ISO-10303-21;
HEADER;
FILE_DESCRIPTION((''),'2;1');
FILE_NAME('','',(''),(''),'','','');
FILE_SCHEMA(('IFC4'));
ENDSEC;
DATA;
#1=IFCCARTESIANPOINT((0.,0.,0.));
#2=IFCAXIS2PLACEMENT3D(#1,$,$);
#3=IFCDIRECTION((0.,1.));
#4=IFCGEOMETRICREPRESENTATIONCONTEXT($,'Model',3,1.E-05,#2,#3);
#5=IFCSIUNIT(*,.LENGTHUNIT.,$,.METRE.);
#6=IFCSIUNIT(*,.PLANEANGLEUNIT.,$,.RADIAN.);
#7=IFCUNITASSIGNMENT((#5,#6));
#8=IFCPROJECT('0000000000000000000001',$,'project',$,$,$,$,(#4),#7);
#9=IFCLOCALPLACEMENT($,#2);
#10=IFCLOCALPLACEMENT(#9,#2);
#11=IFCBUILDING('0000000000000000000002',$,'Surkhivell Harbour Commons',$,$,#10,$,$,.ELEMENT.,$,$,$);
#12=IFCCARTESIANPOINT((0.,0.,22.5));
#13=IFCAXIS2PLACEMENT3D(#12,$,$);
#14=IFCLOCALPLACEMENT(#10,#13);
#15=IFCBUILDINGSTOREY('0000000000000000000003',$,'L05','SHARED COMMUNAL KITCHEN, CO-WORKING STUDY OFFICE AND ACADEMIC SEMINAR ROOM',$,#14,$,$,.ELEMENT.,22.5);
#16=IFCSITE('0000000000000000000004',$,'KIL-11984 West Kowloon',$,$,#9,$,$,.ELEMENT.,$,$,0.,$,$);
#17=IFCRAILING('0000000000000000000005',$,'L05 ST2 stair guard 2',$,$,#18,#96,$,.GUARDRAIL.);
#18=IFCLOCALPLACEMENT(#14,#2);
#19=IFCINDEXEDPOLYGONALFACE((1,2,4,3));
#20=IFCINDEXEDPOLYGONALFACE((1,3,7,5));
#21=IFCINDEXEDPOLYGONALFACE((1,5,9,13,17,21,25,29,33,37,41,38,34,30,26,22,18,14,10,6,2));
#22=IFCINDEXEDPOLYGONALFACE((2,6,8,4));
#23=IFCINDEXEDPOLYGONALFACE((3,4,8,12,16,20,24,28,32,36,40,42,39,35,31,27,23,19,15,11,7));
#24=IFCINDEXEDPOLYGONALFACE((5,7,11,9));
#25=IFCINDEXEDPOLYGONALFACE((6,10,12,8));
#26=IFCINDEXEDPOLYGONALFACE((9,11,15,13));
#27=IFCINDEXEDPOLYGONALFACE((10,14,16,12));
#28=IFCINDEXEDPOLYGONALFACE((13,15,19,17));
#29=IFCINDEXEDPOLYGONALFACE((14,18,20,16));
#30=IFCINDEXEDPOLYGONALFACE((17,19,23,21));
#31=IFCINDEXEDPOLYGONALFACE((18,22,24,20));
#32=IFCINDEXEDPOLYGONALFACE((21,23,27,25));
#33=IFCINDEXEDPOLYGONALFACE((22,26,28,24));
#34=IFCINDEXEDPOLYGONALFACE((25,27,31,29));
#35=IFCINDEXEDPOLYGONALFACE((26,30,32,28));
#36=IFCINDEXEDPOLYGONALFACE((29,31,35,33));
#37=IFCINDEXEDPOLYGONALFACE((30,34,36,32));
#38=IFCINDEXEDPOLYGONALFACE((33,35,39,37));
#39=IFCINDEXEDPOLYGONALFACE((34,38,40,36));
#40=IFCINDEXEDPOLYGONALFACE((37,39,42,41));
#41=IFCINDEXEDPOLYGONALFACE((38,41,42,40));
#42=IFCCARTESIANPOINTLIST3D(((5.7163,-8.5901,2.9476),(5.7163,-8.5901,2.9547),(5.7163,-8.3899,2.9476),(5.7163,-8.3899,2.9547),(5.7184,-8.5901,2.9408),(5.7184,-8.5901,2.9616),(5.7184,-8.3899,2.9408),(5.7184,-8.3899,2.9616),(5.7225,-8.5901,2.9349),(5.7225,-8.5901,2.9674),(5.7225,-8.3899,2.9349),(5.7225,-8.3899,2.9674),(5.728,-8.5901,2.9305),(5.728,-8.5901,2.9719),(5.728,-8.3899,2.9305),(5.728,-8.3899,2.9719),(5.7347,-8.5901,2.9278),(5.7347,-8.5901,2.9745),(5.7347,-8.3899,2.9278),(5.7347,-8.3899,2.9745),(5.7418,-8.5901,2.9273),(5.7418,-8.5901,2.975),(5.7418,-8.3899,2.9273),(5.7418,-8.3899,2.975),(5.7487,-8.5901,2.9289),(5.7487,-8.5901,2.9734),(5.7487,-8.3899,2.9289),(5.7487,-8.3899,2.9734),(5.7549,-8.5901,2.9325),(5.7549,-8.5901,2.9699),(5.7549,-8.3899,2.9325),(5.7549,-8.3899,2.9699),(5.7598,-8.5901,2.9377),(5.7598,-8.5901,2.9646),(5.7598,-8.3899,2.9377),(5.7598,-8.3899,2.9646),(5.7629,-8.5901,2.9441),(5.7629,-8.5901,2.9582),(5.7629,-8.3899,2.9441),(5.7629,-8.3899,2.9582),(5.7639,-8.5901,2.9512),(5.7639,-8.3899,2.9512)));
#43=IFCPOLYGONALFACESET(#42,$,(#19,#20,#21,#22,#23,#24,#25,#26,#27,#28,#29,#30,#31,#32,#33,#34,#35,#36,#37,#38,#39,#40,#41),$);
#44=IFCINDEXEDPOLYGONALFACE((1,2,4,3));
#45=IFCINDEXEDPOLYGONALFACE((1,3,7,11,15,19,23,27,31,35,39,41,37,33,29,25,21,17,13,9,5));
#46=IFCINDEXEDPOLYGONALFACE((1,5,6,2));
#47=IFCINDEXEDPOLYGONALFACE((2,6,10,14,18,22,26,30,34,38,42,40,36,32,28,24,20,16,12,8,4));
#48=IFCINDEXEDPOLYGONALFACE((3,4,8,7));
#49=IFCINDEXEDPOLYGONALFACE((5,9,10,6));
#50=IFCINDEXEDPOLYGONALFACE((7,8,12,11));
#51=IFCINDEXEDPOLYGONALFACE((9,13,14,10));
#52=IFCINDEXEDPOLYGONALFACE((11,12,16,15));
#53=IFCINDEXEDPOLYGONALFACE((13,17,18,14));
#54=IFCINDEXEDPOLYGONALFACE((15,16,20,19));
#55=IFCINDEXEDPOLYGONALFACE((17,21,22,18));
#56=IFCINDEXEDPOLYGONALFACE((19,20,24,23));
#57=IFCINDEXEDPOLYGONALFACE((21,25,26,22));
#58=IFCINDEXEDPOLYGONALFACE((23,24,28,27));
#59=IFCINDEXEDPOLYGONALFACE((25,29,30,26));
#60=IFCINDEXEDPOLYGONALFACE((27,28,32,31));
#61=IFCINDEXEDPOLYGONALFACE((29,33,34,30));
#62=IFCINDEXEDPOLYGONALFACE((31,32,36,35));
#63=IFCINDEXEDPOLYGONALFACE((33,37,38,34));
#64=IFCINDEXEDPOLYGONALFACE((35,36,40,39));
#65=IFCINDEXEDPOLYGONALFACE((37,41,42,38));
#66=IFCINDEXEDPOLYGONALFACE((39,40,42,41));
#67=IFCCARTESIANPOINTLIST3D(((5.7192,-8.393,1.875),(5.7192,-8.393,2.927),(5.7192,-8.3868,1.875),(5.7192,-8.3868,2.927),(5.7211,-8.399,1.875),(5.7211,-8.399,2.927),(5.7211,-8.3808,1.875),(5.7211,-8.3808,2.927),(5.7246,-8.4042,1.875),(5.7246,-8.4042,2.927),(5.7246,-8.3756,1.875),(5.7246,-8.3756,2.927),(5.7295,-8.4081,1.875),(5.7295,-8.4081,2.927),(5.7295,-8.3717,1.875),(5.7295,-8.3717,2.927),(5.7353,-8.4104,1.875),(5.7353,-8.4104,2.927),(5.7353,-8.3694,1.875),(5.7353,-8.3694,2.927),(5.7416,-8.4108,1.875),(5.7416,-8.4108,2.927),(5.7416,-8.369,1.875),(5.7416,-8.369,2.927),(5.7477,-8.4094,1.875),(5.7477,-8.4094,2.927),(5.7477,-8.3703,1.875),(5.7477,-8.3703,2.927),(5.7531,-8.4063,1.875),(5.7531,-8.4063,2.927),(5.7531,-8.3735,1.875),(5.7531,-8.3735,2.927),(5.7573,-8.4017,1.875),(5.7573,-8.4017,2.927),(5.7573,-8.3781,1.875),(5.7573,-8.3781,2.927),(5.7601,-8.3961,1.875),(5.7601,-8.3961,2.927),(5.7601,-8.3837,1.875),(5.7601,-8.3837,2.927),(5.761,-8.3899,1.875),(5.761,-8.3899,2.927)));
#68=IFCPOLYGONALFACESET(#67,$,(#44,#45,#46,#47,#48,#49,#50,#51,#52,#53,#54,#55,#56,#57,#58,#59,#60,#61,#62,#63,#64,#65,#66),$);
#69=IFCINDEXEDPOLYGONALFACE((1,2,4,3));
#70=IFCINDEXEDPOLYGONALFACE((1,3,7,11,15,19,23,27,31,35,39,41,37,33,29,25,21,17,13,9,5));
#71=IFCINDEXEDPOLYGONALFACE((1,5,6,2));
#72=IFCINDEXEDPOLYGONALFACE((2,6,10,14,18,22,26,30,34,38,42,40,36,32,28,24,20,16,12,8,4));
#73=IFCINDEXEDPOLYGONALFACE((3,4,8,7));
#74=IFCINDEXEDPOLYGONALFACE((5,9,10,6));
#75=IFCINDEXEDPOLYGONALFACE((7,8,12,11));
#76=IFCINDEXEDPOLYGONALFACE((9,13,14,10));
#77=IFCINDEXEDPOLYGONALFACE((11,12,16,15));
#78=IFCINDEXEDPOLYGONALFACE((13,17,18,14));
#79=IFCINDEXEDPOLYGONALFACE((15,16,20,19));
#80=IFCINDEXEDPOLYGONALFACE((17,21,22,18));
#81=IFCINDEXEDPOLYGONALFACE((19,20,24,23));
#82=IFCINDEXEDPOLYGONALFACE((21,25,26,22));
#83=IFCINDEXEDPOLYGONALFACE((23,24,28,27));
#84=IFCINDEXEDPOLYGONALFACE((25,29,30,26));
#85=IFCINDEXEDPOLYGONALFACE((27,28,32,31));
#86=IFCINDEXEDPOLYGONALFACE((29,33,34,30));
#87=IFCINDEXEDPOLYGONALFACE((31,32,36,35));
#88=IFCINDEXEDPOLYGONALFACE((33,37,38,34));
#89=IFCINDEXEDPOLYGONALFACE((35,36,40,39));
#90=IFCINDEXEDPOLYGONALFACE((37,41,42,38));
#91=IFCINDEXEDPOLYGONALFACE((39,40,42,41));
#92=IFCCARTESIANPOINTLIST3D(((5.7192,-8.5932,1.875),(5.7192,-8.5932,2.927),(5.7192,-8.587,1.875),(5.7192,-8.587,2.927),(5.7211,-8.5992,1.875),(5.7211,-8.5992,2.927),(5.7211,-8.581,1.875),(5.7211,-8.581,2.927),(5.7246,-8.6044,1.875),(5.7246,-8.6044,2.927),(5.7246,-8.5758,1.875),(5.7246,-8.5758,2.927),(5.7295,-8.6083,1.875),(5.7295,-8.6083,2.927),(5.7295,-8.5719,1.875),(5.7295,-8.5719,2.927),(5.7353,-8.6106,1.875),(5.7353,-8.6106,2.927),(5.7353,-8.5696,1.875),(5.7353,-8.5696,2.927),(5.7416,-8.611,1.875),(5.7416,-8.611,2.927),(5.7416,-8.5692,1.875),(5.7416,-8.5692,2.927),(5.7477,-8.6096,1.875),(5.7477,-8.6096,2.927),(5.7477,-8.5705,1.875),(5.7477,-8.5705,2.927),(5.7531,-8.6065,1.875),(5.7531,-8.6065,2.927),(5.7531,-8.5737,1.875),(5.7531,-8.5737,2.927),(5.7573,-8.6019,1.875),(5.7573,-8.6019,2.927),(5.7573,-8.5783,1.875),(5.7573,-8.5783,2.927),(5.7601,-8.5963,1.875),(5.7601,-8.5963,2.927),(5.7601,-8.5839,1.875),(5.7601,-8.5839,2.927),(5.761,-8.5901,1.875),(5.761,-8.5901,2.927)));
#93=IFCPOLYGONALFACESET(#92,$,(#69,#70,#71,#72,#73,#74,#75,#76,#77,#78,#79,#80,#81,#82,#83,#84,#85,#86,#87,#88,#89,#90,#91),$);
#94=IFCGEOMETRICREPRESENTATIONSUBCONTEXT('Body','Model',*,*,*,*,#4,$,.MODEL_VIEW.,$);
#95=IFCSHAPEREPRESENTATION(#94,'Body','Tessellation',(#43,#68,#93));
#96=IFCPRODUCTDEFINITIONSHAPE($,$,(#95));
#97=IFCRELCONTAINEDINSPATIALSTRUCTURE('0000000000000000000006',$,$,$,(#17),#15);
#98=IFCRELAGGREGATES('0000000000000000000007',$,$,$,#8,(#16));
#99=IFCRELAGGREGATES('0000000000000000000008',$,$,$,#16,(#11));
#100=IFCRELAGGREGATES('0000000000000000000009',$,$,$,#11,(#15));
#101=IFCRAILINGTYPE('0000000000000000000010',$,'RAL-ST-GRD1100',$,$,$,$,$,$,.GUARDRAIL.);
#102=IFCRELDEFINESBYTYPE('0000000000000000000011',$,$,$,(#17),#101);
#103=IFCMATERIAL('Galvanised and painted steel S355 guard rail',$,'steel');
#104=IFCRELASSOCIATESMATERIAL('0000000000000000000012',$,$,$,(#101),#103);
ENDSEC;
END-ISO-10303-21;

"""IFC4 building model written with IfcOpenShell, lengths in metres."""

from ifc_helpers import new_model, si_unit, direction, frame, origin, origin_2d, place, context, subcontext, project, spatial, circle, extrude, material, type_object, element, save


model = new_model("IFC4")

# Units and contexts
model_context = context("Model", 3, precision=1e-05, world=origin(), true_north=direction((0.0, 1.0)))
body_context = subcontext(model_context, "Body", "Model", "MODEL_VIEW")
ifc_project = project(units=[si_unit("LENGTHUNIT", "METRE"), si_unit("PLANEANGLEUNIT", "RADIAN")], contexts=[model_context])

# Site, building, storey
site_placement = place(None, origin())
site = spatial("IfcSite", under=ifc_project, at=site_placement, Name="KIL-11984 West Kowloon", CompositionType="ELEMENT", RefElevation=0.0)
building_placement = place(site_placement, origin())
building = spatial("IfcBuilding", under=site, at=building_placement, Name="Surkhivell Harbour Commons", CompositionType="ELEMENT")
storey_placement = place(building_placement, frame((0.0, 0.0, 22.5)))
storey = spatial("IfcBuildingStorey", under=building, at=storey_placement, Name="L05", Description="SHARED COMMUNAL KITCHEN, CO-WORKING STUDY OFFICE AND ACADEMIC SEMINAR ROOM", CompositionType="ELEMENT", Elevation=22.5)

# Railing
ifc_material_1 = material(Name="Galvanised and painted steel S355 guard rail", Category="steel")
railing_type_1 = type_object("IfcRailingType", Name="RAL-ST-GRD1100", PredefinedType="GUARDRAIL", material=ifc_material_1)
railing_1_placement = place(storey_placement, frame((5.74, -8.3899, 1.875)))
element("IfcRailing", 1, at=railing_1_placement, inside=storey, type_object=railing_type_1, Name="L05 ST2 stair guard 2", PredefinedType="GUARDRAIL", context=body_context, shape_type="SweptSolid", body=[
    extrude(circle(Radius=0.0239, at=origin_2d()), frame((0.0, 0.0, 1.0762), z_axis=(0.0, -1.0, 0.0), x_axis=(1.0, 0.0, 0.0)), (0.0, 0.0, 1.0), 0.2002),
    extrude(circle(Radius=0.021, at=origin_2d()), origin(), (0.0, 0.0, 1.0), 1.052),
    extrude(circle(Radius=0.021, at=origin_2d()), frame((0.0, -0.2002, 0.0)), (0.0, 0.0, 1.0), 1.052),
])

save(model, "model.ifc")
